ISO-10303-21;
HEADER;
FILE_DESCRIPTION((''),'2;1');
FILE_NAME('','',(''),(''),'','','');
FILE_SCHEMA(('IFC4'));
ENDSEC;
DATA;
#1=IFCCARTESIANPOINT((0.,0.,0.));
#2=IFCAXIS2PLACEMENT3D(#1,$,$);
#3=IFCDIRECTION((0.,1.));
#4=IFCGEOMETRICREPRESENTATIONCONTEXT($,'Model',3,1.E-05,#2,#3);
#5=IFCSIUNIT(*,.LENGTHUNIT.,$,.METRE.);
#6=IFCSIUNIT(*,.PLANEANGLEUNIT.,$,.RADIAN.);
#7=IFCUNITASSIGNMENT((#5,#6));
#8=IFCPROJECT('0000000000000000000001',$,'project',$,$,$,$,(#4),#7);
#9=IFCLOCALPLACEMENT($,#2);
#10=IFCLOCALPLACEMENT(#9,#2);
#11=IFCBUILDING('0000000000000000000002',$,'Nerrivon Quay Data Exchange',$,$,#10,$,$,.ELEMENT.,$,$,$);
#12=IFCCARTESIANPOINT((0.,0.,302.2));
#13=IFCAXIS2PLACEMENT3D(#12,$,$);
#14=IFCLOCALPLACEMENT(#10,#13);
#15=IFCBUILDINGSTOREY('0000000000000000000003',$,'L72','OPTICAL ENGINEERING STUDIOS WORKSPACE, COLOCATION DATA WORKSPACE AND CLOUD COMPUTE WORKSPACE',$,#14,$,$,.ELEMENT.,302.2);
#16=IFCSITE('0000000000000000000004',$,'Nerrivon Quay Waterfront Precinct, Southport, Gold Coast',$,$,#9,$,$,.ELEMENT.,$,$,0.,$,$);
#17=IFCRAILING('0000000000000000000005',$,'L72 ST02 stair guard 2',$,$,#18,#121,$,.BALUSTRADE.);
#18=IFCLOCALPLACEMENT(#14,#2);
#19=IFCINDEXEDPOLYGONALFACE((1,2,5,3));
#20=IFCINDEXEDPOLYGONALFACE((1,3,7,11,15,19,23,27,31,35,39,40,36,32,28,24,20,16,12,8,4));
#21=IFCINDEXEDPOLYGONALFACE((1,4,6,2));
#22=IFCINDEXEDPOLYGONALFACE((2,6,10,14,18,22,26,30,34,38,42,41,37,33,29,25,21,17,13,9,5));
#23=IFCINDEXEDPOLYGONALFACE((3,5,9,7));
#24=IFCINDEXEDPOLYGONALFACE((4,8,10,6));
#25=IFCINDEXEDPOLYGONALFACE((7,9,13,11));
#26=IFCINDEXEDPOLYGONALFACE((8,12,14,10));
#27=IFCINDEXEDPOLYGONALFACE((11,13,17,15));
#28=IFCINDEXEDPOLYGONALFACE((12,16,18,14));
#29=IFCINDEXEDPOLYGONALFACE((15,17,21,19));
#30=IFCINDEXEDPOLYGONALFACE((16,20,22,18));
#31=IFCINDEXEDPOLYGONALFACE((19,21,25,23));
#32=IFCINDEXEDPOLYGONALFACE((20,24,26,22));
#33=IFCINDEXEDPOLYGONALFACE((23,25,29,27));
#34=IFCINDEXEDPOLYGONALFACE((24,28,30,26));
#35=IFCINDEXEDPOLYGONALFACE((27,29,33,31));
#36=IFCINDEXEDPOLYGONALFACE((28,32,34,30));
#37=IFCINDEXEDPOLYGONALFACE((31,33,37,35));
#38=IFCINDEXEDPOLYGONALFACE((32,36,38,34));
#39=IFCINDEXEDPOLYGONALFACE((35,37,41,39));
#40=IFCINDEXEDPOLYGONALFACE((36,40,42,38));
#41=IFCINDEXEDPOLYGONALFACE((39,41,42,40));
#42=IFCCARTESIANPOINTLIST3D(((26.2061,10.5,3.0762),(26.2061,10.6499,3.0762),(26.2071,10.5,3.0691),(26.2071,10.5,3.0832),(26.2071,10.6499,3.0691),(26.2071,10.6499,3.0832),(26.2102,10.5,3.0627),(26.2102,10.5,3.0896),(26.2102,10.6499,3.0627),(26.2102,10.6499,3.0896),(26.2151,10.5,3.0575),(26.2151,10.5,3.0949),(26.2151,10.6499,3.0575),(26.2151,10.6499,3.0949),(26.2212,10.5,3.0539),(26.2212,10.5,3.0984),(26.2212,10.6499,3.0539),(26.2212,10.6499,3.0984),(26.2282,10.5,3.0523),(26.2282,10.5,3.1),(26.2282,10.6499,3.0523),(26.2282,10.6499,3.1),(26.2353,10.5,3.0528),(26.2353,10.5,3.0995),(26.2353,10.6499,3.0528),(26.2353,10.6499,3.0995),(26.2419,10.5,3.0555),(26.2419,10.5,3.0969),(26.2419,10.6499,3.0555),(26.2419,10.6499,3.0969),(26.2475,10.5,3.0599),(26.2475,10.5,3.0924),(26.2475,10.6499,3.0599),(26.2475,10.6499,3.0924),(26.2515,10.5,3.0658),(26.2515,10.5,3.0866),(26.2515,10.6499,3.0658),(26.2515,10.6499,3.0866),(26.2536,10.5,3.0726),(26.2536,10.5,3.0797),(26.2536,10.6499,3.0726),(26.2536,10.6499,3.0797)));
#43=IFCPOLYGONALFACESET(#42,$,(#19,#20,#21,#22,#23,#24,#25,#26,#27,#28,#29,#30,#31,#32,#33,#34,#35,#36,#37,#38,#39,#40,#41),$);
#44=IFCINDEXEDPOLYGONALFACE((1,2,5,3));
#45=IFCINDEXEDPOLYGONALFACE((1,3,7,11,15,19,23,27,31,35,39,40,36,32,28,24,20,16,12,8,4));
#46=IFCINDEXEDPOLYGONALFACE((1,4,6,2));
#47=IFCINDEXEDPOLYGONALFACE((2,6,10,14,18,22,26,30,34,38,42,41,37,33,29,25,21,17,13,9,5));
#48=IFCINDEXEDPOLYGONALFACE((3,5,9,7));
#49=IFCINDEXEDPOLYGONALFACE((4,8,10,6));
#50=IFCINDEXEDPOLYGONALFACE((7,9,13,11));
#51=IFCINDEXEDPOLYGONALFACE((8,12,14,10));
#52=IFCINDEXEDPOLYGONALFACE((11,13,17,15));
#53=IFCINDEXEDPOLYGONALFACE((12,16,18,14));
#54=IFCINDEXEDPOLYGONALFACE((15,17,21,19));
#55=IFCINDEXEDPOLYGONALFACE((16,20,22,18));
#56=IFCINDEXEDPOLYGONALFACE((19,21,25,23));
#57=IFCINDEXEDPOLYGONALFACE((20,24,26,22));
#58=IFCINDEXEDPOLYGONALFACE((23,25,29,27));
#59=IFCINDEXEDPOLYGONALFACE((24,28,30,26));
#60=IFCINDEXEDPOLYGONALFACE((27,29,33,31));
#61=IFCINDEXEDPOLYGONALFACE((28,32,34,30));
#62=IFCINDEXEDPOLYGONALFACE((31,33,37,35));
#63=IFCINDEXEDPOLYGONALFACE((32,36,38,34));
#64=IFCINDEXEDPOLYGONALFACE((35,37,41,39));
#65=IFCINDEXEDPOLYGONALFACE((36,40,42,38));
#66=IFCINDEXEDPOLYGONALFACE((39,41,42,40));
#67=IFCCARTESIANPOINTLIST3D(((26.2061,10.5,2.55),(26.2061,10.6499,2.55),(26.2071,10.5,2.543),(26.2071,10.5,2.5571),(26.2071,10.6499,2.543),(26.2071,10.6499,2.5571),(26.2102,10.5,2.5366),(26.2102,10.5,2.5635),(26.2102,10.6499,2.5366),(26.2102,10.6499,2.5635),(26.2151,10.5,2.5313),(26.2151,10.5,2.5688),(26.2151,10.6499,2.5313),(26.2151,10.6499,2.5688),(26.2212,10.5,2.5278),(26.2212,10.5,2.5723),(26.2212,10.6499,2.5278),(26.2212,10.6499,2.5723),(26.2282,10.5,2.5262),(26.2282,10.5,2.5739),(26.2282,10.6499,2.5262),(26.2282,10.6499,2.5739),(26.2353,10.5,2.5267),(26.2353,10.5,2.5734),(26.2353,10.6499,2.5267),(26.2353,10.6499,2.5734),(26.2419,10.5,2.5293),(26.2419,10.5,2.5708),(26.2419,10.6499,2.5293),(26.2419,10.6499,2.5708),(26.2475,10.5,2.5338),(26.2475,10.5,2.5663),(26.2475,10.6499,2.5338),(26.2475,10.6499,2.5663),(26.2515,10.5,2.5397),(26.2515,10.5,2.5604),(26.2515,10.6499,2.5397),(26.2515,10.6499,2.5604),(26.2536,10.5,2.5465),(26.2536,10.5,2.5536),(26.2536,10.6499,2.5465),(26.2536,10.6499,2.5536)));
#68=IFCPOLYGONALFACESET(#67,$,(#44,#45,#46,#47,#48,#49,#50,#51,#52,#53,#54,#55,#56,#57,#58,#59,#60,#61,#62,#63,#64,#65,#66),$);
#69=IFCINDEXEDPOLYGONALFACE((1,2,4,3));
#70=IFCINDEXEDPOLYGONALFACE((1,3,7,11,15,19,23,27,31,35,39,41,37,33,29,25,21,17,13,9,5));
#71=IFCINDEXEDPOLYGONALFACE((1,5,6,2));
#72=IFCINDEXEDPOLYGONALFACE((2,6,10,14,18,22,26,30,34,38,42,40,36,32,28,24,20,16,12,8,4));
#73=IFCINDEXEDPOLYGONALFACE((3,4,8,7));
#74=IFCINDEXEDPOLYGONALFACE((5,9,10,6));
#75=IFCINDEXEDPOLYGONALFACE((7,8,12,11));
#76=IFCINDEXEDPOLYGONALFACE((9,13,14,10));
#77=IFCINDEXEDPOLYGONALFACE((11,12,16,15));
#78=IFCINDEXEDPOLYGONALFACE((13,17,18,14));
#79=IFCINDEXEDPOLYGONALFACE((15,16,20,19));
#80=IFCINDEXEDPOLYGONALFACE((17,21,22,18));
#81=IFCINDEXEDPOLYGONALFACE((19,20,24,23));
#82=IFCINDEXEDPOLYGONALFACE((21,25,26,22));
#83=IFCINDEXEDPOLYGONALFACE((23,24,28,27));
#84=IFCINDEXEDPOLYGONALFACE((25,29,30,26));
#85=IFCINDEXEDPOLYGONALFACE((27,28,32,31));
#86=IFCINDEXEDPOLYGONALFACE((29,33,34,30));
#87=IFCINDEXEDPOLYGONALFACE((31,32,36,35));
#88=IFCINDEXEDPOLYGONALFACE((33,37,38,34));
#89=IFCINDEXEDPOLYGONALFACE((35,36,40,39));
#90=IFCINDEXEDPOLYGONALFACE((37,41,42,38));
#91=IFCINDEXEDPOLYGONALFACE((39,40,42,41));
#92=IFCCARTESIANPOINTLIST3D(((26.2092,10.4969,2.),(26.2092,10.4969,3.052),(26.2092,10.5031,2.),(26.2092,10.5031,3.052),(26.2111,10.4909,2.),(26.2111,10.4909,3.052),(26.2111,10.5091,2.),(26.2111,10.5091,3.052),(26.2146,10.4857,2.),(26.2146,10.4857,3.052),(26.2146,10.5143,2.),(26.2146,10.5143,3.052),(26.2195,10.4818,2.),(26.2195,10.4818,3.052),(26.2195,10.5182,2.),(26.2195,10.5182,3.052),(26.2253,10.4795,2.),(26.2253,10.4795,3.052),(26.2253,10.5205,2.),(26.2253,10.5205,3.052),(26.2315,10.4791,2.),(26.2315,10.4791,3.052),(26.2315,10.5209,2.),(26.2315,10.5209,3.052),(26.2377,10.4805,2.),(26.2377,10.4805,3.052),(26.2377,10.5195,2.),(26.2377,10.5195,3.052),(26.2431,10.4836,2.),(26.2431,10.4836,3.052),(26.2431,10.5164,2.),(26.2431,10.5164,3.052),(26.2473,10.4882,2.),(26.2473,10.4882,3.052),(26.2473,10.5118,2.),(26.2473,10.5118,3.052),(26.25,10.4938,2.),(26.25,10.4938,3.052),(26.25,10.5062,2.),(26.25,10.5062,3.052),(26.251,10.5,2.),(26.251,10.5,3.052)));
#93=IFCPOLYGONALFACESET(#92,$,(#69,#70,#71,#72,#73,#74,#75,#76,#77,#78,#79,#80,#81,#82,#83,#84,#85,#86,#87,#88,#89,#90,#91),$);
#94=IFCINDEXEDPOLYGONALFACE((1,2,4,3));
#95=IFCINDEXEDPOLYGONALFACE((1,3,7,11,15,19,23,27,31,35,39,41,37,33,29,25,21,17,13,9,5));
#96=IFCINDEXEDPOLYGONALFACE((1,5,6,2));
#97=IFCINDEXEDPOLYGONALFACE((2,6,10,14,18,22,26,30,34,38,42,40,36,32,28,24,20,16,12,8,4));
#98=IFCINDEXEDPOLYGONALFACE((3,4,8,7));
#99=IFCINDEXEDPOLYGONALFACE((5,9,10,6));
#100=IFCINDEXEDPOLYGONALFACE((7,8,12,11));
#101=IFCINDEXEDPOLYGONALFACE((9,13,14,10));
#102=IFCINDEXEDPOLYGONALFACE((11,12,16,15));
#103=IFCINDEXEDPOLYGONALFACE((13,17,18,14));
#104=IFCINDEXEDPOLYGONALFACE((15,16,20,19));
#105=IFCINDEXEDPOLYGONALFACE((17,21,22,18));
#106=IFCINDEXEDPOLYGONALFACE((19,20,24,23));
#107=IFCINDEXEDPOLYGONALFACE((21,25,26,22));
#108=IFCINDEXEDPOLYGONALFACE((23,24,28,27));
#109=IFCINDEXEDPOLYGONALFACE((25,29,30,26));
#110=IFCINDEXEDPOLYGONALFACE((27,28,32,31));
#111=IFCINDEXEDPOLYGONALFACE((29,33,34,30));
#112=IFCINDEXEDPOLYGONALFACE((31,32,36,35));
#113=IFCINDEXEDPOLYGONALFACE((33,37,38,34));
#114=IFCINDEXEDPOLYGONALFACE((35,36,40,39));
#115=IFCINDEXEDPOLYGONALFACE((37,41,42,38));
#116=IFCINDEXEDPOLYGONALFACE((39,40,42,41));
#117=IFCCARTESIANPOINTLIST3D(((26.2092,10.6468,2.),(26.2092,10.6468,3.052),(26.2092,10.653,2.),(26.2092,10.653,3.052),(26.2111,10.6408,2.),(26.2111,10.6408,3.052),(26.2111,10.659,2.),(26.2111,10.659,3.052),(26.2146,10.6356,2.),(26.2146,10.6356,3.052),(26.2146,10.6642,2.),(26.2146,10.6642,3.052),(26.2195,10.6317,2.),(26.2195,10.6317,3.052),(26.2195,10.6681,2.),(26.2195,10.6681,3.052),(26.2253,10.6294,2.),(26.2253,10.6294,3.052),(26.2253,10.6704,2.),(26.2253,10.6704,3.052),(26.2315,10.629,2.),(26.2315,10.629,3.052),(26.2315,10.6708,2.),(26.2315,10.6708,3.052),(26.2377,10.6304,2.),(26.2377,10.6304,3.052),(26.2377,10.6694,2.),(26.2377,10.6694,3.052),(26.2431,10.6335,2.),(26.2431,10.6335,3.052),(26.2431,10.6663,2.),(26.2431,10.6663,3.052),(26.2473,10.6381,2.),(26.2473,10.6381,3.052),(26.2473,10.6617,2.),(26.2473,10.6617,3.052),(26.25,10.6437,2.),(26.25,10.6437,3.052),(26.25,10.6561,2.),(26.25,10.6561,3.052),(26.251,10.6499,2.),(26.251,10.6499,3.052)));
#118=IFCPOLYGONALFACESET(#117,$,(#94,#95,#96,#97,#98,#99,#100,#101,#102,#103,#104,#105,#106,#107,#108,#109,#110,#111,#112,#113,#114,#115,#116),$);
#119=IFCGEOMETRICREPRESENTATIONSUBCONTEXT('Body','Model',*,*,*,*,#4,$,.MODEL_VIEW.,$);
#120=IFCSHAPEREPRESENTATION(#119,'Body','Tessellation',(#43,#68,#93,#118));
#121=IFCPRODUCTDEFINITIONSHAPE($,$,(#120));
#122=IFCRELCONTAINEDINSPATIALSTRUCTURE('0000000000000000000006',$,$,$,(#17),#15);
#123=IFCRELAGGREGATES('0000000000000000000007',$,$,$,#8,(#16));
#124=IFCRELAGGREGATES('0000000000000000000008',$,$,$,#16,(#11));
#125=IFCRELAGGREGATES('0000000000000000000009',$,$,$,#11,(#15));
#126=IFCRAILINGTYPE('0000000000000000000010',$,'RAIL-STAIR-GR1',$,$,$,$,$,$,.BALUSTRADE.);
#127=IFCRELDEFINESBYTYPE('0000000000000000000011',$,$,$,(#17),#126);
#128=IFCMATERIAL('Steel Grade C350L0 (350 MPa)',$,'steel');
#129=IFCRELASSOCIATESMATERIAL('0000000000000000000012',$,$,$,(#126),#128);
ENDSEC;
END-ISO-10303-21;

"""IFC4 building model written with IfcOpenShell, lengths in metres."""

from ifc_helpers import new_model, si_unit, direction, frame, origin, origin_2d, place, context, subcontext, project, spatial, circle, extrude, material, type_object, element, save


model = new_model("IFC4")

# Units and contexts
model_context = context("Model", 3, precision=1e-05, world=origin(), true_north=direction((0.0, 1.0)))
body_context = subcontext(model_context, "Body", "Model", "MODEL_VIEW")
ifc_project = project(units=[si_unit("LENGTHUNIT", "METRE"), si_unit("PLANEANGLEUNIT", "RADIAN")], contexts=[model_context])

# Site, building, storey
site_placement = place(None, origin())
site = spatial("IfcSite", under=ifc_project, at=site_placement, Name="Nerrivon Quay Waterfront Precinct, Southport, Gold Coast", CompositionType="ELEMENT", RefElevation=0.0)
building_placement = place(site_placement, origin())
building = spatial("IfcBuilding", under=site, at=building_placement, Name="Nerrivon Quay Data Exchange", CompositionType="ELEMENT")
storey_placement = place(building_placement, frame((0.0, 0.0, 302.2)))
storey = spatial("IfcBuildingStorey", under=building, at=storey_placement, Name="L72", Description="OPTICAL ENGINEERING STUDIOS WORKSPACE, COLOCATION DATA WORKSPACE AND CLOUD COMPUTE WORKSPACE", CompositionType="ELEMENT", Elevation=302.2)

# Railing
ifc_material_1 = material(Name="Steel Grade C350L0 (350 MPa)", Category="steel")
railing_type_1 = type_object("IfcRailingType", Name="RAIL-STAIR-GR1", PredefinedType="BALUSTRADE", material=ifc_material_1)
railing_1_placement = place(storey_placement, frame((26.23, 10.5, 2.0)))
element("IfcRailing", 1, at=railing_1_placement, inside=storey, type_object=railing_type_1, Name="L72 ST02 stair guard 2", PredefinedType="BALUSTRADE", context=body_context, shape_type="SweptSolid", body=[
    extrude(circle(Radius=0.0239, at=origin_2d()), frame((0.0, 0.0, 1.0762), z_axis=(0.0, 1.0, 0.0), x_axis=(-1.0, 0.0, 0.0)), (0.0, 0.0, 1.0), 0.1499),
    extrude(circle(Radius=0.0239, at=origin_2d()), frame((0.0, 0.0, 0.55), z_axis=(0.0, 1.0, 0.0), x_axis=(-1.0, 0.0, 0.0)), (0.0, 0.0, 1.0), 0.1499),
    extrude(circle(Radius=0.021, at=origin_2d()), origin(), (0.0, 0.0, 1.0), 1.052),
    extrude(circle(Radius=0.021, at=origin_2d()), frame((0.0, 0.1499, 0.0)), (0.0, 0.0, 1.0), 1.052),
])

save(model, "model.ifc")
